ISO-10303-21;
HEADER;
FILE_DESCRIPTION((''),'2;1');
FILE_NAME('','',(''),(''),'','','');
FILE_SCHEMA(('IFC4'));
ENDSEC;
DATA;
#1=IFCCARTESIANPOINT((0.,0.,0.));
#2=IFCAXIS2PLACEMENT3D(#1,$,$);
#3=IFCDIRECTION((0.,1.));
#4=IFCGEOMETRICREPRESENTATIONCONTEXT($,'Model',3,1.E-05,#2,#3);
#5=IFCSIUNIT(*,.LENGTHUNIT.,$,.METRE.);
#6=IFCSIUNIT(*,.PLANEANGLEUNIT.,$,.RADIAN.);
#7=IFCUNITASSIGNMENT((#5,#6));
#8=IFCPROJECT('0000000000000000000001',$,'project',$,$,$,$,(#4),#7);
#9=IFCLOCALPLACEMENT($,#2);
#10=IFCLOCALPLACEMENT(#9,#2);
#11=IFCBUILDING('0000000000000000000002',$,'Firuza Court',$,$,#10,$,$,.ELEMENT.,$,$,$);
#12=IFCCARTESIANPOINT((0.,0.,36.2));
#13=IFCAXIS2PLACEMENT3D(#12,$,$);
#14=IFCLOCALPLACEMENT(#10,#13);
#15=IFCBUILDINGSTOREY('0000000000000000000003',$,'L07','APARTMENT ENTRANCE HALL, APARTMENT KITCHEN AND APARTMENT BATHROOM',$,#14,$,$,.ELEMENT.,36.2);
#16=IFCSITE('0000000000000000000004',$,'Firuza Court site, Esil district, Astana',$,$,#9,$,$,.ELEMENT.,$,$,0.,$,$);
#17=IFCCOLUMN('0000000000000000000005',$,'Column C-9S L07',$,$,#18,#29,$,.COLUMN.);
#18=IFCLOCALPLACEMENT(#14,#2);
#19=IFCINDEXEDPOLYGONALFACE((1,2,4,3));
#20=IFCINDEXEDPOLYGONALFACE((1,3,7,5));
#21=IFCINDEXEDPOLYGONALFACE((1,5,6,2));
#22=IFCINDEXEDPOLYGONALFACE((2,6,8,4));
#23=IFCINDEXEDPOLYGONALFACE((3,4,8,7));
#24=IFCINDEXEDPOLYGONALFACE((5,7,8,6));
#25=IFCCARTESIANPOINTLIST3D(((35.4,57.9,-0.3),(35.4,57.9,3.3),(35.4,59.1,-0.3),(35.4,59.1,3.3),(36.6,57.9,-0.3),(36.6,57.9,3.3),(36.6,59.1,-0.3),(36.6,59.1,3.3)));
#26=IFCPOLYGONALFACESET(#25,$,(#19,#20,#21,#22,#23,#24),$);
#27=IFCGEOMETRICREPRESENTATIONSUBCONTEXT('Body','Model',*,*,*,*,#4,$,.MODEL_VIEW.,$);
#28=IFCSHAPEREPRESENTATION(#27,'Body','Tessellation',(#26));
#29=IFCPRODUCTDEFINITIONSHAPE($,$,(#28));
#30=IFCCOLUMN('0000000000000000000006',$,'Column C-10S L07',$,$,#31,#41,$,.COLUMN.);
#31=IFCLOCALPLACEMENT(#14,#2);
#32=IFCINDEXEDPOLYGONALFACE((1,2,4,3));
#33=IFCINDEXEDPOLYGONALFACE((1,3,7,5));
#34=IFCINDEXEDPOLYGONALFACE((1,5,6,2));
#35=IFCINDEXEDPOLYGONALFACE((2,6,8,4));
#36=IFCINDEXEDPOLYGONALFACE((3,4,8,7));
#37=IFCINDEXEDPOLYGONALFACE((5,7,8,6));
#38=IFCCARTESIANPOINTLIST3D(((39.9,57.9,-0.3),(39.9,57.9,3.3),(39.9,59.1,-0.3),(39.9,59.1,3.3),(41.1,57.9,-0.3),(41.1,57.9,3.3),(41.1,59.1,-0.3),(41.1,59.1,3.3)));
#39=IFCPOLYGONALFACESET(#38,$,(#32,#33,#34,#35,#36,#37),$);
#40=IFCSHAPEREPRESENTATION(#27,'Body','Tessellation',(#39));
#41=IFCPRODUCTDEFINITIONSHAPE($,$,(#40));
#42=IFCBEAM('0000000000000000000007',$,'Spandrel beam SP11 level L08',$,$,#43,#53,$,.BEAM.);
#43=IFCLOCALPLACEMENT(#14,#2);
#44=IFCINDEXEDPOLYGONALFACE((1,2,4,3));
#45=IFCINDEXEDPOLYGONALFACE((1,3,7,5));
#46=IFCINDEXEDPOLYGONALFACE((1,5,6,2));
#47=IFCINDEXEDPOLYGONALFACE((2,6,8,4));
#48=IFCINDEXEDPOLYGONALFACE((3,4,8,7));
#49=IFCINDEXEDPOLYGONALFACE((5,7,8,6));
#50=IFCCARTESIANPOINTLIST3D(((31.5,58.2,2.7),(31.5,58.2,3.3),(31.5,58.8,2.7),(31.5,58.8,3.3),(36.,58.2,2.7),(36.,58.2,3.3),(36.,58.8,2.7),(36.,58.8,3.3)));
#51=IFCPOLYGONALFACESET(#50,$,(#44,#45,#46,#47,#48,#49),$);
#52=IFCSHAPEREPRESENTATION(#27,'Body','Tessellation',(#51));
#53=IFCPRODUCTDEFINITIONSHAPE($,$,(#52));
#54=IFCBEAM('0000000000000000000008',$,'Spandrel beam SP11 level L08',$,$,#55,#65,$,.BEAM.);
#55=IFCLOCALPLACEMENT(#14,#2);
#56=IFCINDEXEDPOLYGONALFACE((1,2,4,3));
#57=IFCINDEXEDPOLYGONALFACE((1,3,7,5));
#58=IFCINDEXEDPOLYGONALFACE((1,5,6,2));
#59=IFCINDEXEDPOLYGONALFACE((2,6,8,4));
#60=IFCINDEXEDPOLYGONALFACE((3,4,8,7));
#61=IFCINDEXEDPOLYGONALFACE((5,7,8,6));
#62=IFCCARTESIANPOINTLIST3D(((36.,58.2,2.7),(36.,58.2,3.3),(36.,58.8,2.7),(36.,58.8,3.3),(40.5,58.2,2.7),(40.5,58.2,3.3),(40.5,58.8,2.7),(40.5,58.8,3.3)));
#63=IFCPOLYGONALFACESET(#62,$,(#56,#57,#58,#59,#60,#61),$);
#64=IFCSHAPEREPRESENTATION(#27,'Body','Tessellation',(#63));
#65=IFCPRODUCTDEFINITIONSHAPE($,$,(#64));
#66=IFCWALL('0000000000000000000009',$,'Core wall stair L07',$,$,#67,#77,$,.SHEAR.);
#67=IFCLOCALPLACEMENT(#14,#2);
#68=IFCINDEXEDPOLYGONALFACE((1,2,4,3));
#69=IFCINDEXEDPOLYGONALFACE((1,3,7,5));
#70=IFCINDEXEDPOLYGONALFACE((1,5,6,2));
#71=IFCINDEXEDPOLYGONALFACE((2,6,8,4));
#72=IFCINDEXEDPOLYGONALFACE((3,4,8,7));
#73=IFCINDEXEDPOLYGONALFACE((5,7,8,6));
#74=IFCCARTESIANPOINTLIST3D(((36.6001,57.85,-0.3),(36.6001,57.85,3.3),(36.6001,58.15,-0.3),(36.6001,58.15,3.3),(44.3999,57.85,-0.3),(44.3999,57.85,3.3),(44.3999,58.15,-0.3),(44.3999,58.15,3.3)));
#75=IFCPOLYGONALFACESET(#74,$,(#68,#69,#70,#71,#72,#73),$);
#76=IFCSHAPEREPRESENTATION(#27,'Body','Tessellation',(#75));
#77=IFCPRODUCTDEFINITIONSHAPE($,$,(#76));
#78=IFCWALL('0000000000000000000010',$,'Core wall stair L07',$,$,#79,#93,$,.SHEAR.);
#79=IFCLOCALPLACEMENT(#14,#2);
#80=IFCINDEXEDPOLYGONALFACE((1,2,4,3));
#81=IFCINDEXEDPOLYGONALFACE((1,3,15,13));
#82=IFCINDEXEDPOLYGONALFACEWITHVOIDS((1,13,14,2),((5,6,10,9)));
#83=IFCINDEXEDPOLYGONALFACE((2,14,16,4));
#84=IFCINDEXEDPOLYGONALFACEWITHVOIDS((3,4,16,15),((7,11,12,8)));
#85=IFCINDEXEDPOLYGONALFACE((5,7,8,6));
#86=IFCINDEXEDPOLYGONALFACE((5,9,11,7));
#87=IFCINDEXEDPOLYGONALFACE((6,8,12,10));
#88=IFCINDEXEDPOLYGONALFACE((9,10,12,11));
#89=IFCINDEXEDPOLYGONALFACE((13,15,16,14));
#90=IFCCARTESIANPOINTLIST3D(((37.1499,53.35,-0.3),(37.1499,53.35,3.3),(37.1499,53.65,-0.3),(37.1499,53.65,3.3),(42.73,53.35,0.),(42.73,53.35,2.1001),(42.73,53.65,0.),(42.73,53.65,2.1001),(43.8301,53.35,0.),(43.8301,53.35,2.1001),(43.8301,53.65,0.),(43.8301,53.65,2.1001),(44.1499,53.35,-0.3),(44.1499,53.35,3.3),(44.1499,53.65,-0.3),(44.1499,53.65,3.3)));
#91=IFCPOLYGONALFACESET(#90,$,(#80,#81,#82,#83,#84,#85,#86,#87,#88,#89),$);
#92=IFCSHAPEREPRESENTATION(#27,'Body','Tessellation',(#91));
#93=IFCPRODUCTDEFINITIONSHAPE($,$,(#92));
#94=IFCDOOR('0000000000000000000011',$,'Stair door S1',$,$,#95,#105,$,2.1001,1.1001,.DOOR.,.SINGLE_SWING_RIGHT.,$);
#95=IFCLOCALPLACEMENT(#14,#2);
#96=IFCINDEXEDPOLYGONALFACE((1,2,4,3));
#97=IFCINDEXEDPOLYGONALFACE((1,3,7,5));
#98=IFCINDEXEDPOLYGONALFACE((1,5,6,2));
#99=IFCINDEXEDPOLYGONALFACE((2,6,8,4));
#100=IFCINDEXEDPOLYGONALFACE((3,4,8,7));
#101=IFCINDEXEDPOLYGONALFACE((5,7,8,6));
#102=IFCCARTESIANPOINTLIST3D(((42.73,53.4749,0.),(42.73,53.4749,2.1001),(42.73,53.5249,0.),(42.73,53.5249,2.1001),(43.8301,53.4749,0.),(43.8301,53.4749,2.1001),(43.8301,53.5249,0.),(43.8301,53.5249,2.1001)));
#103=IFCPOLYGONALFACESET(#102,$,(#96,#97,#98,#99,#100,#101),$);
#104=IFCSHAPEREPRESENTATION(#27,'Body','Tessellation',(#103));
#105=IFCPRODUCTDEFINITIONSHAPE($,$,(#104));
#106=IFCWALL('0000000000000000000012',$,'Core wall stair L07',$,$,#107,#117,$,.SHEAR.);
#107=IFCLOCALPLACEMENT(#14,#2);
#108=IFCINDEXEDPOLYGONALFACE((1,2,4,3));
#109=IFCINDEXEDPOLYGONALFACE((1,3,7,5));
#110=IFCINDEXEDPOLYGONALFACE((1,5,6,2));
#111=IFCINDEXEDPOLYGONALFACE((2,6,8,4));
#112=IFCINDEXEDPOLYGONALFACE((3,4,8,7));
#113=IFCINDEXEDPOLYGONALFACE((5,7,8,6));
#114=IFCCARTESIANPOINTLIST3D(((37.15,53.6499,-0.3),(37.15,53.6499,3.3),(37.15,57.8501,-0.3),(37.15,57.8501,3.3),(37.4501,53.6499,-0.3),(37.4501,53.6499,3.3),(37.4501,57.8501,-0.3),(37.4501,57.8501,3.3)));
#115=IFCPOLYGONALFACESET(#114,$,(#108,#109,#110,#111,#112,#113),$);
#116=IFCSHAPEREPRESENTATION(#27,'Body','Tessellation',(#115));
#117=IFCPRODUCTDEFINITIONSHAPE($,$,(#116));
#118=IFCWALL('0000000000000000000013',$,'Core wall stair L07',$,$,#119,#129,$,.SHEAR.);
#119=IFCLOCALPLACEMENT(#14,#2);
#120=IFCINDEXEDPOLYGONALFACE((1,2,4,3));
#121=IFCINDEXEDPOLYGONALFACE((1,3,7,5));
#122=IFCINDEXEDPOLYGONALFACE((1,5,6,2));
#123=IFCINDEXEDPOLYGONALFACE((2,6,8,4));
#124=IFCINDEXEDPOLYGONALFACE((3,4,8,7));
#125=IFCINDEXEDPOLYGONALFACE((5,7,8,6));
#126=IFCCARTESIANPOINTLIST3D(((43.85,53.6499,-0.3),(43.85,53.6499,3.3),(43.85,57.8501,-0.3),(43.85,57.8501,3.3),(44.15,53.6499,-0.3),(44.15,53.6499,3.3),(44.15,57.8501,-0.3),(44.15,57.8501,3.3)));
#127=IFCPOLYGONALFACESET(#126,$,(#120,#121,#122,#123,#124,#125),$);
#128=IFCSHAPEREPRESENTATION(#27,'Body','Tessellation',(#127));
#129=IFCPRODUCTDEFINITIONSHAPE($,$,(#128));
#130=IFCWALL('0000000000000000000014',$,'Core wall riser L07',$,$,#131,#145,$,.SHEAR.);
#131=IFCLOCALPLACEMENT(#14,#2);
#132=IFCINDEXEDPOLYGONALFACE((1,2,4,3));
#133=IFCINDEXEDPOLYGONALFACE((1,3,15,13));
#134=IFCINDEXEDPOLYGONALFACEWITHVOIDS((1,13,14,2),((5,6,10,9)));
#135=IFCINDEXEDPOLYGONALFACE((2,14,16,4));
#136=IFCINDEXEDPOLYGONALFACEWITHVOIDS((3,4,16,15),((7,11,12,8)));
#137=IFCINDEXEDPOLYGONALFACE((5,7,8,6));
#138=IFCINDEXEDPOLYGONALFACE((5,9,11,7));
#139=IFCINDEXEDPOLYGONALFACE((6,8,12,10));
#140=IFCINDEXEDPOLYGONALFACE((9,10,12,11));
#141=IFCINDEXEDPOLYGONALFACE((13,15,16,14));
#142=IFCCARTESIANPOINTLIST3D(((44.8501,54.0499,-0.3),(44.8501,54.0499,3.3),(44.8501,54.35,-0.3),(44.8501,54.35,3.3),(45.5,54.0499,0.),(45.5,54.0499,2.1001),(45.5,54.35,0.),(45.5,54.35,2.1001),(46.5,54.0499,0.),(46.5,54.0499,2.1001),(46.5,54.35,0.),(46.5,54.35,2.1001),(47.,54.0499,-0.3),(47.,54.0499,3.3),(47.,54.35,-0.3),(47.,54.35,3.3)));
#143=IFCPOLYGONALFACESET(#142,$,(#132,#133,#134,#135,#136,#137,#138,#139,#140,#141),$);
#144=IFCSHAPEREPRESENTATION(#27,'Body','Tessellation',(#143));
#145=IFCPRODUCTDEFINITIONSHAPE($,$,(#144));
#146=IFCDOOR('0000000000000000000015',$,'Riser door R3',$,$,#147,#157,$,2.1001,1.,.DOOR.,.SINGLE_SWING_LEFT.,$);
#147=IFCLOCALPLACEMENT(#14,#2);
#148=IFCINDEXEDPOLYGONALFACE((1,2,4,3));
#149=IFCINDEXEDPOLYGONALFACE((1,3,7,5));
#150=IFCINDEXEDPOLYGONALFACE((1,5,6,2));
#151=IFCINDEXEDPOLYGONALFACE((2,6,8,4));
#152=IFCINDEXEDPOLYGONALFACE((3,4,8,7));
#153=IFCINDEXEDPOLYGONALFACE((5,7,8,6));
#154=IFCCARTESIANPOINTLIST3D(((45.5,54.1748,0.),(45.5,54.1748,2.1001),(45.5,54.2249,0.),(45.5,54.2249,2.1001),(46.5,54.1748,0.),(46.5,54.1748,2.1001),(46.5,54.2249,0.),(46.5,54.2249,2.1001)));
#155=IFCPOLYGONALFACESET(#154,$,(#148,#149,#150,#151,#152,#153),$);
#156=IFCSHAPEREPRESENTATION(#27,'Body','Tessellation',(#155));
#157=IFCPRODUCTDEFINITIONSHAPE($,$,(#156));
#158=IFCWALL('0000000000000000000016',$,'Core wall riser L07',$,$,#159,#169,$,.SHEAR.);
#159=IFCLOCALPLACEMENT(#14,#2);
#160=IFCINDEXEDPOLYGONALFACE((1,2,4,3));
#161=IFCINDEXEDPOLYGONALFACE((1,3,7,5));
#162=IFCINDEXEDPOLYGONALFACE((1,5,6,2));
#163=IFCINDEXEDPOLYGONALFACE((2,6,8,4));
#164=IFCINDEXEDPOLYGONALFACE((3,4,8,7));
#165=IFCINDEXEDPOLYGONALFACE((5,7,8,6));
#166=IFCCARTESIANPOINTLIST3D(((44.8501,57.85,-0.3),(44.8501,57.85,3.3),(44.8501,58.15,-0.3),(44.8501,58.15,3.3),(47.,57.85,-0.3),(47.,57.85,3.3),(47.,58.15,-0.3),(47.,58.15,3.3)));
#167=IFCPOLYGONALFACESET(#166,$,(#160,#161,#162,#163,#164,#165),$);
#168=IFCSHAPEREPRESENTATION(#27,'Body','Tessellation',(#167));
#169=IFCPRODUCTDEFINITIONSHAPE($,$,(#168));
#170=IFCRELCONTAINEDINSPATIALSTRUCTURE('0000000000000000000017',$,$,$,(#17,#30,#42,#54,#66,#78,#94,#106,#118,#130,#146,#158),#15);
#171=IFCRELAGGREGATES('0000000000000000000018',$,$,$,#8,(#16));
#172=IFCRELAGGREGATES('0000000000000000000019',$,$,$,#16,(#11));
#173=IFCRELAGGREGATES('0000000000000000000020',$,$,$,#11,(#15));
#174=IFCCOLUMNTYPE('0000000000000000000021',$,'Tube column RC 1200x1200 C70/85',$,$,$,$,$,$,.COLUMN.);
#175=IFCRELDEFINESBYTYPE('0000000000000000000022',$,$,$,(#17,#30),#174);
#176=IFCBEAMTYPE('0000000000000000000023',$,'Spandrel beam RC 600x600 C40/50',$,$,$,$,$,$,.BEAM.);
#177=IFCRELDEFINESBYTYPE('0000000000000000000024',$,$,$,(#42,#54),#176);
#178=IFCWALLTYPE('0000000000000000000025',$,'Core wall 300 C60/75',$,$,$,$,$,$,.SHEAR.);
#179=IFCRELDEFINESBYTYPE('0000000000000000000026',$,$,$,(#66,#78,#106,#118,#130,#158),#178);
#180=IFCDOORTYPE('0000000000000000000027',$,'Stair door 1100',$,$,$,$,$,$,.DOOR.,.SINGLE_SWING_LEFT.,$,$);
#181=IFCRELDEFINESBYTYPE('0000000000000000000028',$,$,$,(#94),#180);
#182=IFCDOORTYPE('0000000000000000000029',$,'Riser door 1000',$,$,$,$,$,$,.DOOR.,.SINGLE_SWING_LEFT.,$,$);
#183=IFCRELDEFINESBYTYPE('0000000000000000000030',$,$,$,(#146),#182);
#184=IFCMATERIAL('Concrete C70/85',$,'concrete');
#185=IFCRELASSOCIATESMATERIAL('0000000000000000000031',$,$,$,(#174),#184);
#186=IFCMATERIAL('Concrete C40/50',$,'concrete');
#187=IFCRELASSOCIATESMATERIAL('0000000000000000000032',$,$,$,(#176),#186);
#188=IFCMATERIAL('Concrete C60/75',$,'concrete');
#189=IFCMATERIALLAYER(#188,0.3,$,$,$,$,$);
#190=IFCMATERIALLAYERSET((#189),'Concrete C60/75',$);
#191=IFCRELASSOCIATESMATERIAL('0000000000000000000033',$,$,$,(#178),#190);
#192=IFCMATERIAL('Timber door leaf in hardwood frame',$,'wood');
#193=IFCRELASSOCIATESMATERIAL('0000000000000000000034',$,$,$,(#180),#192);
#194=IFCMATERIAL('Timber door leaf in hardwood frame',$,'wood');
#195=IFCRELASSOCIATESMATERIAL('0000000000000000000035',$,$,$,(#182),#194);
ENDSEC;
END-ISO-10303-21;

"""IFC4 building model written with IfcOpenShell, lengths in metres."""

from ifc_helpers import new_model, si_unit, direction, frame, frame_2d, origin, origin_2d, place, context, subcontext, project, spatial, rectangle, extrude, material, layer, layer_set, material_profile, profile_set, type_object, element, fill, save


model = new_model("IFC4")

# Units and contexts
model_context = context("Model", 3, precision=1e-05, world=origin(), true_north=direction((0.0, 1.0)))
body_context = subcontext(model_context, "Body", "Model", "MODEL_VIEW")
ifc_project = project(units=[si_unit("LENGTHUNIT", "METRE"), si_unit("PLANEANGLEUNIT", "RADIAN")], contexts=[model_context])

# Site, building, storey
site_placement = place(None, origin())
site = spatial("IfcSite", under=ifc_project, at=site_placement, Name="Firuza Court site, Esil district, Astana", CompositionType="ELEMENT", RefElevation=0.0)
building_placement = place(site_placement, origin())
building = spatial("IfcBuilding", under=site, at=building_placement, Name="Firuza Court", CompositionType="ELEMENT")
storey_placement = place(building_placement, frame((0.0, 0.0, 36.2)))
storey = spatial("IfcBuildingStorey", under=building, at=storey_placement, Name="L07", Description="APARTMENT ENTRANCE HALL, APARTMENT KITCHEN AND APARTMENT BATHROOM", CompositionType="ELEMENT", Elevation=36.2)

# Columns
ifc_material_1 = material(Name="Concrete C70/85", Category="concrete")
ifc_material_profile_1 = material_profile(ifc_material_1, rectangle(XDim=1.2, YDim=1.2, at=origin_2d()), Name="RC 1200x1200")
ifc_profile_set_1 = profile_set([ifc_material_profile_1], Name="Concrete C70/85")
column_type = type_object("IfcColumnType", Name="Tube column RC 1200x1200 C70/85", PredefinedType="COLUMN", material=ifc_profile_set_1)
for number, where, z_axis, x_axis, name in (
    (1, (36.0, 58.5, -0.3), (0.0, 0.0, 1.0), (1.0, 0.0, 0.0), "Column C-9S L07"),
    (2, (40.5, 58.5, -0.3), (0.0, 0.0, 1.0), (1.0, 0.0, 0.0), "Column C-10S L07"),
):
    element("IfcColumn", number, at=place(storey_placement, frame(where, z_axis=z_axis, x_axis=x_axis)), inside=storey, type_object=column_type, Name=name, PredefinedType="COLUMN", context=body_context, shape_type="SweptSolid", body=[
        extrude(rectangle(XDim=1.2, YDim=1.2, at=origin_2d()), origin(), (0.0, 0.0, 1.0), 3.6001),
    ])

# Beams
ifc_material_2 = material(Name="Concrete C40/50", Category="concrete")
ifc_material_profile_2 = material_profile(ifc_material_2, rectangle(XDim=0.6001, YDim=0.6001, at=origin_2d()), Name="RC 600x600")
ifc_profile_set_2 = profile_set([ifc_material_profile_2], Name="Concrete C40/50")
beam_type = type_object("IfcBeamType", Name="Spandrel beam RC 600x600 C40/50", PredefinedType="BEAM", material=ifc_profile_set_2)
for number, where, z_axis, x_axis, name in (
    (3, (36.0, 58.5, 3.0), (-1.0, 0.0, 0.0), (0.0, -1.0, 0.0), "Spandrel beam SP11 level L08"),
    (4, (40.5, 58.5, 3.0), (-1.0, 0.0, 0.0), (0.0, -1.0, 0.0), "Spandrel beam SP11 level L08"),
):
    element("IfcBeam", number, at=place(storey_placement, frame(where, z_axis=z_axis, x_axis=x_axis)), inside=storey, type_object=beam_type, Name=name, PredefinedType="BEAM", context=body_context, shape_type="SweptSolid", body=[
        extrude(rectangle(XDim=0.6001, YDim=0.6001, at=origin_2d()), origin(), (0.0, 0.0, 1.0), 4.5),
    ])

# Wall
ifc_material_3 = material(Name="Concrete C60/75", Category="concrete")
ifc_layer_1 = layer(ifc_material_3, 0.3)
ifc_layer_set_1 = layer_set([ifc_layer_1], Name="Concrete C60/75")
wall_type_1 = type_object("IfcWallType", Name="Core wall 300 C60/75", PredefinedType="SHEAR", material=ifc_layer_set_1)
wall_1_placement = place(storey_placement, frame((36.6001, 58.0, -0.3), z_axis=(0.0, 0.0, 1.0), x_axis=(1.0, 0.0, 0.0)))
element("IfcWall", 5, at=wall_1_placement, inside=storey, type_object=wall_type_1, Name="Core wall stair L07", PredefinedType="SHEAR", context=body_context, shape_type="SweptSolid", body=[
    extrude(rectangle(XDim=7.7998, YDim=0.3, at=frame_2d((3.8999, 0.0))), origin(), (0.0, 0.0, 1.0), 3.6001),
])

# Wall, opening, door
wall_2_placement = place(storey_placement, frame((37.1499, 53.5, -0.3), z_axis=(0.0, 0.0, 1.0), x_axis=(1.0, 0.0, 0.0)))
wall_2 = element("IfcWall", 6, at=wall_2_placement, inside=storey, type_object=wall_type_1, Name="Core wall stair L07", PredefinedType="SHEAR", context=body_context, shape_type="SweptSolid", body=[
    extrude(rectangle(XDim=7.0, YDim=0.3, at=frame_2d((3.5, 0.0))), origin(), (0.0, 0.0, 1.0), 3.6001),
])
opening_1_placement = place(wall_2_placement, frame((5.5801, 0.0, 0.3)))
opening_1 = element("IfcOpeningElement", 7, at=opening_1_placement, cuts=wall_2, PredefinedType="OPENING", context=body_context, shape_type="SweptSolid", body=[
    extrude(rectangle(XDim=1.1001, YDim=2.1001, at=frame_2d((0.55, 1.05))), frame((0.0, 0.1621, 0.0), z_axis=(0.0, -1.0, 0.0), x_axis=(1.0, 0.0, 0.0)), (0.0, 0.0, 1.0), 0.324),
])
ifc_material_4 = material(Name="Timber door leaf in hardwood frame", Category="wood")
door_type_1 = type_object("IfcDoorType", Name="Stair door 1100", OperationType="SINGLE_SWING_LEFT", PredefinedType="DOOR", material=ifc_material_4)
door_1_placement = place(opening_1_placement, origin())
door_1 = element("IfcDoor", 8, at=door_1_placement, inside=storey, type_object=door_type_1, Name="Stair door S1", OperationType="SINGLE_SWING_RIGHT", OverallHeight=2.1001, OverallWidth=1.1001, PredefinedType="DOOR", context=body_context, shape_type="SweptSolid", body=[
    extrude(rectangle(XDim=1.1001, YDim=2.1001, at=frame_2d((0.55, 1.05))), frame((0.0, 0.0249, 0.0), z_axis=(0.0, -1.0, 0.0), x_axis=(1.0, 0.0, 0.0)), (0.0, 0.0, 1.0), 0.05),
])
fill(opening_1, door_1)

# Walls
for number, where, z_axis, x_axis, name in (
    (9, (37.3, 53.6499, -0.3), (0.0, 0.0, 1.0), (0.0, 1.0, 0.0), "Core wall stair L07"),
    (10, (44.0, 53.6499, -0.3), (0.0, 0.0, 1.0), (0.0, 1.0, 0.0), "Core wall stair L07"),
):
    element("IfcWall", number, at=place(storey_placement, frame(where, z_axis=z_axis, x_axis=x_axis)), inside=storey, type_object=wall_type_1, Name=name, PredefinedType="SHEAR", context=body_context, shape_type="SweptSolid", body=[
        extrude(rectangle(XDim=4.2002, YDim=0.3, at=frame_2d((2.1001, 0.0))), origin(), (0.0, 0.0, 1.0), 3.6001),
    ])

# Wall, opening, door
wall_3_placement = place(storey_placement, frame((44.8501, 54.2, -0.3), z_axis=(0.0, 0.0, 1.0), x_axis=(1.0, 0.0, 0.0)))
wall_3 = element("IfcWall", 11, at=wall_3_placement, inside=storey, type_object=wall_type_1, Name="Core wall riser L07", PredefinedType="SHEAR", context=body_context, shape_type="SweptSolid", body=[
    extrude(rectangle(XDim=2.1499, YDim=0.3, at=frame_2d((1.075, 0.0))), origin(), (0.0, 0.0, 1.0), 3.6001),
])
opening_2_placement = place(wall_3_placement, frame((0.6499, 0.0, 0.3)))
opening_2 = element("IfcOpeningElement", 12, at=opening_2_placement, cuts=wall_3, PredefinedType="OPENING", context=body_context, shape_type="SweptSolid", body=[
    extrude(rectangle(XDim=1.0, YDim=2.1001, at=frame_2d((0.5, 1.05))), frame((0.0, 0.1621, 0.0), z_axis=(0.0, -1.0, 0.0), x_axis=(1.0, 0.0, 0.0)), (0.0, 0.0, 1.0), 0.324),
])
ifc_material_5 = material(Name="Timber door leaf in hardwood frame", Category="wood")
door_type_2 = type_object("IfcDoorType", Name="Riser door 1000", OperationType="SINGLE_SWING_LEFT", PredefinedType="DOOR", material=ifc_material_5)
door_2_placement = place(opening_2_placement, origin())
door_2 = element("IfcDoor", 13, at=door_2_placement, inside=storey, type_object=door_type_2, Name="Riser door R3", OperationType="SINGLE_SWING_LEFT", OverallHeight=2.1001, OverallWidth=1.0, PredefinedType="DOOR", context=body_context, shape_type="SweptSolid", body=[
    extrude(rectangle(XDim=1.0, YDim=2.1001, at=frame_2d((0.5, 1.05))), frame((0.0, 0.0249, 0.0), z_axis=(0.0, -1.0, 0.0), x_axis=(1.0, 0.0, 0.0)), (0.0, 0.0, 1.0), 0.05),
])
fill(opening_2, door_2)

# Wall
wall_4_placement = place(storey_placement, frame((44.8501, 58.0, -0.3), z_axis=(0.0, 0.0, 1.0), x_axis=(1.0, 0.0, 0.0)))
element("IfcWall", 14, at=wall_4_placement, inside=storey, type_object=wall_type_1, Name="Core wall riser L07", PredefinedType="SHEAR", context=body_context, shape_type="SweptSolid", body=[
    extrude(rectangle(XDim=2.1499, YDim=0.3, at=frame_2d((1.075, 0.0))), origin(), (0.0, 0.0, 1.0), 3.6001),
])

save(model, "model.ifc")
